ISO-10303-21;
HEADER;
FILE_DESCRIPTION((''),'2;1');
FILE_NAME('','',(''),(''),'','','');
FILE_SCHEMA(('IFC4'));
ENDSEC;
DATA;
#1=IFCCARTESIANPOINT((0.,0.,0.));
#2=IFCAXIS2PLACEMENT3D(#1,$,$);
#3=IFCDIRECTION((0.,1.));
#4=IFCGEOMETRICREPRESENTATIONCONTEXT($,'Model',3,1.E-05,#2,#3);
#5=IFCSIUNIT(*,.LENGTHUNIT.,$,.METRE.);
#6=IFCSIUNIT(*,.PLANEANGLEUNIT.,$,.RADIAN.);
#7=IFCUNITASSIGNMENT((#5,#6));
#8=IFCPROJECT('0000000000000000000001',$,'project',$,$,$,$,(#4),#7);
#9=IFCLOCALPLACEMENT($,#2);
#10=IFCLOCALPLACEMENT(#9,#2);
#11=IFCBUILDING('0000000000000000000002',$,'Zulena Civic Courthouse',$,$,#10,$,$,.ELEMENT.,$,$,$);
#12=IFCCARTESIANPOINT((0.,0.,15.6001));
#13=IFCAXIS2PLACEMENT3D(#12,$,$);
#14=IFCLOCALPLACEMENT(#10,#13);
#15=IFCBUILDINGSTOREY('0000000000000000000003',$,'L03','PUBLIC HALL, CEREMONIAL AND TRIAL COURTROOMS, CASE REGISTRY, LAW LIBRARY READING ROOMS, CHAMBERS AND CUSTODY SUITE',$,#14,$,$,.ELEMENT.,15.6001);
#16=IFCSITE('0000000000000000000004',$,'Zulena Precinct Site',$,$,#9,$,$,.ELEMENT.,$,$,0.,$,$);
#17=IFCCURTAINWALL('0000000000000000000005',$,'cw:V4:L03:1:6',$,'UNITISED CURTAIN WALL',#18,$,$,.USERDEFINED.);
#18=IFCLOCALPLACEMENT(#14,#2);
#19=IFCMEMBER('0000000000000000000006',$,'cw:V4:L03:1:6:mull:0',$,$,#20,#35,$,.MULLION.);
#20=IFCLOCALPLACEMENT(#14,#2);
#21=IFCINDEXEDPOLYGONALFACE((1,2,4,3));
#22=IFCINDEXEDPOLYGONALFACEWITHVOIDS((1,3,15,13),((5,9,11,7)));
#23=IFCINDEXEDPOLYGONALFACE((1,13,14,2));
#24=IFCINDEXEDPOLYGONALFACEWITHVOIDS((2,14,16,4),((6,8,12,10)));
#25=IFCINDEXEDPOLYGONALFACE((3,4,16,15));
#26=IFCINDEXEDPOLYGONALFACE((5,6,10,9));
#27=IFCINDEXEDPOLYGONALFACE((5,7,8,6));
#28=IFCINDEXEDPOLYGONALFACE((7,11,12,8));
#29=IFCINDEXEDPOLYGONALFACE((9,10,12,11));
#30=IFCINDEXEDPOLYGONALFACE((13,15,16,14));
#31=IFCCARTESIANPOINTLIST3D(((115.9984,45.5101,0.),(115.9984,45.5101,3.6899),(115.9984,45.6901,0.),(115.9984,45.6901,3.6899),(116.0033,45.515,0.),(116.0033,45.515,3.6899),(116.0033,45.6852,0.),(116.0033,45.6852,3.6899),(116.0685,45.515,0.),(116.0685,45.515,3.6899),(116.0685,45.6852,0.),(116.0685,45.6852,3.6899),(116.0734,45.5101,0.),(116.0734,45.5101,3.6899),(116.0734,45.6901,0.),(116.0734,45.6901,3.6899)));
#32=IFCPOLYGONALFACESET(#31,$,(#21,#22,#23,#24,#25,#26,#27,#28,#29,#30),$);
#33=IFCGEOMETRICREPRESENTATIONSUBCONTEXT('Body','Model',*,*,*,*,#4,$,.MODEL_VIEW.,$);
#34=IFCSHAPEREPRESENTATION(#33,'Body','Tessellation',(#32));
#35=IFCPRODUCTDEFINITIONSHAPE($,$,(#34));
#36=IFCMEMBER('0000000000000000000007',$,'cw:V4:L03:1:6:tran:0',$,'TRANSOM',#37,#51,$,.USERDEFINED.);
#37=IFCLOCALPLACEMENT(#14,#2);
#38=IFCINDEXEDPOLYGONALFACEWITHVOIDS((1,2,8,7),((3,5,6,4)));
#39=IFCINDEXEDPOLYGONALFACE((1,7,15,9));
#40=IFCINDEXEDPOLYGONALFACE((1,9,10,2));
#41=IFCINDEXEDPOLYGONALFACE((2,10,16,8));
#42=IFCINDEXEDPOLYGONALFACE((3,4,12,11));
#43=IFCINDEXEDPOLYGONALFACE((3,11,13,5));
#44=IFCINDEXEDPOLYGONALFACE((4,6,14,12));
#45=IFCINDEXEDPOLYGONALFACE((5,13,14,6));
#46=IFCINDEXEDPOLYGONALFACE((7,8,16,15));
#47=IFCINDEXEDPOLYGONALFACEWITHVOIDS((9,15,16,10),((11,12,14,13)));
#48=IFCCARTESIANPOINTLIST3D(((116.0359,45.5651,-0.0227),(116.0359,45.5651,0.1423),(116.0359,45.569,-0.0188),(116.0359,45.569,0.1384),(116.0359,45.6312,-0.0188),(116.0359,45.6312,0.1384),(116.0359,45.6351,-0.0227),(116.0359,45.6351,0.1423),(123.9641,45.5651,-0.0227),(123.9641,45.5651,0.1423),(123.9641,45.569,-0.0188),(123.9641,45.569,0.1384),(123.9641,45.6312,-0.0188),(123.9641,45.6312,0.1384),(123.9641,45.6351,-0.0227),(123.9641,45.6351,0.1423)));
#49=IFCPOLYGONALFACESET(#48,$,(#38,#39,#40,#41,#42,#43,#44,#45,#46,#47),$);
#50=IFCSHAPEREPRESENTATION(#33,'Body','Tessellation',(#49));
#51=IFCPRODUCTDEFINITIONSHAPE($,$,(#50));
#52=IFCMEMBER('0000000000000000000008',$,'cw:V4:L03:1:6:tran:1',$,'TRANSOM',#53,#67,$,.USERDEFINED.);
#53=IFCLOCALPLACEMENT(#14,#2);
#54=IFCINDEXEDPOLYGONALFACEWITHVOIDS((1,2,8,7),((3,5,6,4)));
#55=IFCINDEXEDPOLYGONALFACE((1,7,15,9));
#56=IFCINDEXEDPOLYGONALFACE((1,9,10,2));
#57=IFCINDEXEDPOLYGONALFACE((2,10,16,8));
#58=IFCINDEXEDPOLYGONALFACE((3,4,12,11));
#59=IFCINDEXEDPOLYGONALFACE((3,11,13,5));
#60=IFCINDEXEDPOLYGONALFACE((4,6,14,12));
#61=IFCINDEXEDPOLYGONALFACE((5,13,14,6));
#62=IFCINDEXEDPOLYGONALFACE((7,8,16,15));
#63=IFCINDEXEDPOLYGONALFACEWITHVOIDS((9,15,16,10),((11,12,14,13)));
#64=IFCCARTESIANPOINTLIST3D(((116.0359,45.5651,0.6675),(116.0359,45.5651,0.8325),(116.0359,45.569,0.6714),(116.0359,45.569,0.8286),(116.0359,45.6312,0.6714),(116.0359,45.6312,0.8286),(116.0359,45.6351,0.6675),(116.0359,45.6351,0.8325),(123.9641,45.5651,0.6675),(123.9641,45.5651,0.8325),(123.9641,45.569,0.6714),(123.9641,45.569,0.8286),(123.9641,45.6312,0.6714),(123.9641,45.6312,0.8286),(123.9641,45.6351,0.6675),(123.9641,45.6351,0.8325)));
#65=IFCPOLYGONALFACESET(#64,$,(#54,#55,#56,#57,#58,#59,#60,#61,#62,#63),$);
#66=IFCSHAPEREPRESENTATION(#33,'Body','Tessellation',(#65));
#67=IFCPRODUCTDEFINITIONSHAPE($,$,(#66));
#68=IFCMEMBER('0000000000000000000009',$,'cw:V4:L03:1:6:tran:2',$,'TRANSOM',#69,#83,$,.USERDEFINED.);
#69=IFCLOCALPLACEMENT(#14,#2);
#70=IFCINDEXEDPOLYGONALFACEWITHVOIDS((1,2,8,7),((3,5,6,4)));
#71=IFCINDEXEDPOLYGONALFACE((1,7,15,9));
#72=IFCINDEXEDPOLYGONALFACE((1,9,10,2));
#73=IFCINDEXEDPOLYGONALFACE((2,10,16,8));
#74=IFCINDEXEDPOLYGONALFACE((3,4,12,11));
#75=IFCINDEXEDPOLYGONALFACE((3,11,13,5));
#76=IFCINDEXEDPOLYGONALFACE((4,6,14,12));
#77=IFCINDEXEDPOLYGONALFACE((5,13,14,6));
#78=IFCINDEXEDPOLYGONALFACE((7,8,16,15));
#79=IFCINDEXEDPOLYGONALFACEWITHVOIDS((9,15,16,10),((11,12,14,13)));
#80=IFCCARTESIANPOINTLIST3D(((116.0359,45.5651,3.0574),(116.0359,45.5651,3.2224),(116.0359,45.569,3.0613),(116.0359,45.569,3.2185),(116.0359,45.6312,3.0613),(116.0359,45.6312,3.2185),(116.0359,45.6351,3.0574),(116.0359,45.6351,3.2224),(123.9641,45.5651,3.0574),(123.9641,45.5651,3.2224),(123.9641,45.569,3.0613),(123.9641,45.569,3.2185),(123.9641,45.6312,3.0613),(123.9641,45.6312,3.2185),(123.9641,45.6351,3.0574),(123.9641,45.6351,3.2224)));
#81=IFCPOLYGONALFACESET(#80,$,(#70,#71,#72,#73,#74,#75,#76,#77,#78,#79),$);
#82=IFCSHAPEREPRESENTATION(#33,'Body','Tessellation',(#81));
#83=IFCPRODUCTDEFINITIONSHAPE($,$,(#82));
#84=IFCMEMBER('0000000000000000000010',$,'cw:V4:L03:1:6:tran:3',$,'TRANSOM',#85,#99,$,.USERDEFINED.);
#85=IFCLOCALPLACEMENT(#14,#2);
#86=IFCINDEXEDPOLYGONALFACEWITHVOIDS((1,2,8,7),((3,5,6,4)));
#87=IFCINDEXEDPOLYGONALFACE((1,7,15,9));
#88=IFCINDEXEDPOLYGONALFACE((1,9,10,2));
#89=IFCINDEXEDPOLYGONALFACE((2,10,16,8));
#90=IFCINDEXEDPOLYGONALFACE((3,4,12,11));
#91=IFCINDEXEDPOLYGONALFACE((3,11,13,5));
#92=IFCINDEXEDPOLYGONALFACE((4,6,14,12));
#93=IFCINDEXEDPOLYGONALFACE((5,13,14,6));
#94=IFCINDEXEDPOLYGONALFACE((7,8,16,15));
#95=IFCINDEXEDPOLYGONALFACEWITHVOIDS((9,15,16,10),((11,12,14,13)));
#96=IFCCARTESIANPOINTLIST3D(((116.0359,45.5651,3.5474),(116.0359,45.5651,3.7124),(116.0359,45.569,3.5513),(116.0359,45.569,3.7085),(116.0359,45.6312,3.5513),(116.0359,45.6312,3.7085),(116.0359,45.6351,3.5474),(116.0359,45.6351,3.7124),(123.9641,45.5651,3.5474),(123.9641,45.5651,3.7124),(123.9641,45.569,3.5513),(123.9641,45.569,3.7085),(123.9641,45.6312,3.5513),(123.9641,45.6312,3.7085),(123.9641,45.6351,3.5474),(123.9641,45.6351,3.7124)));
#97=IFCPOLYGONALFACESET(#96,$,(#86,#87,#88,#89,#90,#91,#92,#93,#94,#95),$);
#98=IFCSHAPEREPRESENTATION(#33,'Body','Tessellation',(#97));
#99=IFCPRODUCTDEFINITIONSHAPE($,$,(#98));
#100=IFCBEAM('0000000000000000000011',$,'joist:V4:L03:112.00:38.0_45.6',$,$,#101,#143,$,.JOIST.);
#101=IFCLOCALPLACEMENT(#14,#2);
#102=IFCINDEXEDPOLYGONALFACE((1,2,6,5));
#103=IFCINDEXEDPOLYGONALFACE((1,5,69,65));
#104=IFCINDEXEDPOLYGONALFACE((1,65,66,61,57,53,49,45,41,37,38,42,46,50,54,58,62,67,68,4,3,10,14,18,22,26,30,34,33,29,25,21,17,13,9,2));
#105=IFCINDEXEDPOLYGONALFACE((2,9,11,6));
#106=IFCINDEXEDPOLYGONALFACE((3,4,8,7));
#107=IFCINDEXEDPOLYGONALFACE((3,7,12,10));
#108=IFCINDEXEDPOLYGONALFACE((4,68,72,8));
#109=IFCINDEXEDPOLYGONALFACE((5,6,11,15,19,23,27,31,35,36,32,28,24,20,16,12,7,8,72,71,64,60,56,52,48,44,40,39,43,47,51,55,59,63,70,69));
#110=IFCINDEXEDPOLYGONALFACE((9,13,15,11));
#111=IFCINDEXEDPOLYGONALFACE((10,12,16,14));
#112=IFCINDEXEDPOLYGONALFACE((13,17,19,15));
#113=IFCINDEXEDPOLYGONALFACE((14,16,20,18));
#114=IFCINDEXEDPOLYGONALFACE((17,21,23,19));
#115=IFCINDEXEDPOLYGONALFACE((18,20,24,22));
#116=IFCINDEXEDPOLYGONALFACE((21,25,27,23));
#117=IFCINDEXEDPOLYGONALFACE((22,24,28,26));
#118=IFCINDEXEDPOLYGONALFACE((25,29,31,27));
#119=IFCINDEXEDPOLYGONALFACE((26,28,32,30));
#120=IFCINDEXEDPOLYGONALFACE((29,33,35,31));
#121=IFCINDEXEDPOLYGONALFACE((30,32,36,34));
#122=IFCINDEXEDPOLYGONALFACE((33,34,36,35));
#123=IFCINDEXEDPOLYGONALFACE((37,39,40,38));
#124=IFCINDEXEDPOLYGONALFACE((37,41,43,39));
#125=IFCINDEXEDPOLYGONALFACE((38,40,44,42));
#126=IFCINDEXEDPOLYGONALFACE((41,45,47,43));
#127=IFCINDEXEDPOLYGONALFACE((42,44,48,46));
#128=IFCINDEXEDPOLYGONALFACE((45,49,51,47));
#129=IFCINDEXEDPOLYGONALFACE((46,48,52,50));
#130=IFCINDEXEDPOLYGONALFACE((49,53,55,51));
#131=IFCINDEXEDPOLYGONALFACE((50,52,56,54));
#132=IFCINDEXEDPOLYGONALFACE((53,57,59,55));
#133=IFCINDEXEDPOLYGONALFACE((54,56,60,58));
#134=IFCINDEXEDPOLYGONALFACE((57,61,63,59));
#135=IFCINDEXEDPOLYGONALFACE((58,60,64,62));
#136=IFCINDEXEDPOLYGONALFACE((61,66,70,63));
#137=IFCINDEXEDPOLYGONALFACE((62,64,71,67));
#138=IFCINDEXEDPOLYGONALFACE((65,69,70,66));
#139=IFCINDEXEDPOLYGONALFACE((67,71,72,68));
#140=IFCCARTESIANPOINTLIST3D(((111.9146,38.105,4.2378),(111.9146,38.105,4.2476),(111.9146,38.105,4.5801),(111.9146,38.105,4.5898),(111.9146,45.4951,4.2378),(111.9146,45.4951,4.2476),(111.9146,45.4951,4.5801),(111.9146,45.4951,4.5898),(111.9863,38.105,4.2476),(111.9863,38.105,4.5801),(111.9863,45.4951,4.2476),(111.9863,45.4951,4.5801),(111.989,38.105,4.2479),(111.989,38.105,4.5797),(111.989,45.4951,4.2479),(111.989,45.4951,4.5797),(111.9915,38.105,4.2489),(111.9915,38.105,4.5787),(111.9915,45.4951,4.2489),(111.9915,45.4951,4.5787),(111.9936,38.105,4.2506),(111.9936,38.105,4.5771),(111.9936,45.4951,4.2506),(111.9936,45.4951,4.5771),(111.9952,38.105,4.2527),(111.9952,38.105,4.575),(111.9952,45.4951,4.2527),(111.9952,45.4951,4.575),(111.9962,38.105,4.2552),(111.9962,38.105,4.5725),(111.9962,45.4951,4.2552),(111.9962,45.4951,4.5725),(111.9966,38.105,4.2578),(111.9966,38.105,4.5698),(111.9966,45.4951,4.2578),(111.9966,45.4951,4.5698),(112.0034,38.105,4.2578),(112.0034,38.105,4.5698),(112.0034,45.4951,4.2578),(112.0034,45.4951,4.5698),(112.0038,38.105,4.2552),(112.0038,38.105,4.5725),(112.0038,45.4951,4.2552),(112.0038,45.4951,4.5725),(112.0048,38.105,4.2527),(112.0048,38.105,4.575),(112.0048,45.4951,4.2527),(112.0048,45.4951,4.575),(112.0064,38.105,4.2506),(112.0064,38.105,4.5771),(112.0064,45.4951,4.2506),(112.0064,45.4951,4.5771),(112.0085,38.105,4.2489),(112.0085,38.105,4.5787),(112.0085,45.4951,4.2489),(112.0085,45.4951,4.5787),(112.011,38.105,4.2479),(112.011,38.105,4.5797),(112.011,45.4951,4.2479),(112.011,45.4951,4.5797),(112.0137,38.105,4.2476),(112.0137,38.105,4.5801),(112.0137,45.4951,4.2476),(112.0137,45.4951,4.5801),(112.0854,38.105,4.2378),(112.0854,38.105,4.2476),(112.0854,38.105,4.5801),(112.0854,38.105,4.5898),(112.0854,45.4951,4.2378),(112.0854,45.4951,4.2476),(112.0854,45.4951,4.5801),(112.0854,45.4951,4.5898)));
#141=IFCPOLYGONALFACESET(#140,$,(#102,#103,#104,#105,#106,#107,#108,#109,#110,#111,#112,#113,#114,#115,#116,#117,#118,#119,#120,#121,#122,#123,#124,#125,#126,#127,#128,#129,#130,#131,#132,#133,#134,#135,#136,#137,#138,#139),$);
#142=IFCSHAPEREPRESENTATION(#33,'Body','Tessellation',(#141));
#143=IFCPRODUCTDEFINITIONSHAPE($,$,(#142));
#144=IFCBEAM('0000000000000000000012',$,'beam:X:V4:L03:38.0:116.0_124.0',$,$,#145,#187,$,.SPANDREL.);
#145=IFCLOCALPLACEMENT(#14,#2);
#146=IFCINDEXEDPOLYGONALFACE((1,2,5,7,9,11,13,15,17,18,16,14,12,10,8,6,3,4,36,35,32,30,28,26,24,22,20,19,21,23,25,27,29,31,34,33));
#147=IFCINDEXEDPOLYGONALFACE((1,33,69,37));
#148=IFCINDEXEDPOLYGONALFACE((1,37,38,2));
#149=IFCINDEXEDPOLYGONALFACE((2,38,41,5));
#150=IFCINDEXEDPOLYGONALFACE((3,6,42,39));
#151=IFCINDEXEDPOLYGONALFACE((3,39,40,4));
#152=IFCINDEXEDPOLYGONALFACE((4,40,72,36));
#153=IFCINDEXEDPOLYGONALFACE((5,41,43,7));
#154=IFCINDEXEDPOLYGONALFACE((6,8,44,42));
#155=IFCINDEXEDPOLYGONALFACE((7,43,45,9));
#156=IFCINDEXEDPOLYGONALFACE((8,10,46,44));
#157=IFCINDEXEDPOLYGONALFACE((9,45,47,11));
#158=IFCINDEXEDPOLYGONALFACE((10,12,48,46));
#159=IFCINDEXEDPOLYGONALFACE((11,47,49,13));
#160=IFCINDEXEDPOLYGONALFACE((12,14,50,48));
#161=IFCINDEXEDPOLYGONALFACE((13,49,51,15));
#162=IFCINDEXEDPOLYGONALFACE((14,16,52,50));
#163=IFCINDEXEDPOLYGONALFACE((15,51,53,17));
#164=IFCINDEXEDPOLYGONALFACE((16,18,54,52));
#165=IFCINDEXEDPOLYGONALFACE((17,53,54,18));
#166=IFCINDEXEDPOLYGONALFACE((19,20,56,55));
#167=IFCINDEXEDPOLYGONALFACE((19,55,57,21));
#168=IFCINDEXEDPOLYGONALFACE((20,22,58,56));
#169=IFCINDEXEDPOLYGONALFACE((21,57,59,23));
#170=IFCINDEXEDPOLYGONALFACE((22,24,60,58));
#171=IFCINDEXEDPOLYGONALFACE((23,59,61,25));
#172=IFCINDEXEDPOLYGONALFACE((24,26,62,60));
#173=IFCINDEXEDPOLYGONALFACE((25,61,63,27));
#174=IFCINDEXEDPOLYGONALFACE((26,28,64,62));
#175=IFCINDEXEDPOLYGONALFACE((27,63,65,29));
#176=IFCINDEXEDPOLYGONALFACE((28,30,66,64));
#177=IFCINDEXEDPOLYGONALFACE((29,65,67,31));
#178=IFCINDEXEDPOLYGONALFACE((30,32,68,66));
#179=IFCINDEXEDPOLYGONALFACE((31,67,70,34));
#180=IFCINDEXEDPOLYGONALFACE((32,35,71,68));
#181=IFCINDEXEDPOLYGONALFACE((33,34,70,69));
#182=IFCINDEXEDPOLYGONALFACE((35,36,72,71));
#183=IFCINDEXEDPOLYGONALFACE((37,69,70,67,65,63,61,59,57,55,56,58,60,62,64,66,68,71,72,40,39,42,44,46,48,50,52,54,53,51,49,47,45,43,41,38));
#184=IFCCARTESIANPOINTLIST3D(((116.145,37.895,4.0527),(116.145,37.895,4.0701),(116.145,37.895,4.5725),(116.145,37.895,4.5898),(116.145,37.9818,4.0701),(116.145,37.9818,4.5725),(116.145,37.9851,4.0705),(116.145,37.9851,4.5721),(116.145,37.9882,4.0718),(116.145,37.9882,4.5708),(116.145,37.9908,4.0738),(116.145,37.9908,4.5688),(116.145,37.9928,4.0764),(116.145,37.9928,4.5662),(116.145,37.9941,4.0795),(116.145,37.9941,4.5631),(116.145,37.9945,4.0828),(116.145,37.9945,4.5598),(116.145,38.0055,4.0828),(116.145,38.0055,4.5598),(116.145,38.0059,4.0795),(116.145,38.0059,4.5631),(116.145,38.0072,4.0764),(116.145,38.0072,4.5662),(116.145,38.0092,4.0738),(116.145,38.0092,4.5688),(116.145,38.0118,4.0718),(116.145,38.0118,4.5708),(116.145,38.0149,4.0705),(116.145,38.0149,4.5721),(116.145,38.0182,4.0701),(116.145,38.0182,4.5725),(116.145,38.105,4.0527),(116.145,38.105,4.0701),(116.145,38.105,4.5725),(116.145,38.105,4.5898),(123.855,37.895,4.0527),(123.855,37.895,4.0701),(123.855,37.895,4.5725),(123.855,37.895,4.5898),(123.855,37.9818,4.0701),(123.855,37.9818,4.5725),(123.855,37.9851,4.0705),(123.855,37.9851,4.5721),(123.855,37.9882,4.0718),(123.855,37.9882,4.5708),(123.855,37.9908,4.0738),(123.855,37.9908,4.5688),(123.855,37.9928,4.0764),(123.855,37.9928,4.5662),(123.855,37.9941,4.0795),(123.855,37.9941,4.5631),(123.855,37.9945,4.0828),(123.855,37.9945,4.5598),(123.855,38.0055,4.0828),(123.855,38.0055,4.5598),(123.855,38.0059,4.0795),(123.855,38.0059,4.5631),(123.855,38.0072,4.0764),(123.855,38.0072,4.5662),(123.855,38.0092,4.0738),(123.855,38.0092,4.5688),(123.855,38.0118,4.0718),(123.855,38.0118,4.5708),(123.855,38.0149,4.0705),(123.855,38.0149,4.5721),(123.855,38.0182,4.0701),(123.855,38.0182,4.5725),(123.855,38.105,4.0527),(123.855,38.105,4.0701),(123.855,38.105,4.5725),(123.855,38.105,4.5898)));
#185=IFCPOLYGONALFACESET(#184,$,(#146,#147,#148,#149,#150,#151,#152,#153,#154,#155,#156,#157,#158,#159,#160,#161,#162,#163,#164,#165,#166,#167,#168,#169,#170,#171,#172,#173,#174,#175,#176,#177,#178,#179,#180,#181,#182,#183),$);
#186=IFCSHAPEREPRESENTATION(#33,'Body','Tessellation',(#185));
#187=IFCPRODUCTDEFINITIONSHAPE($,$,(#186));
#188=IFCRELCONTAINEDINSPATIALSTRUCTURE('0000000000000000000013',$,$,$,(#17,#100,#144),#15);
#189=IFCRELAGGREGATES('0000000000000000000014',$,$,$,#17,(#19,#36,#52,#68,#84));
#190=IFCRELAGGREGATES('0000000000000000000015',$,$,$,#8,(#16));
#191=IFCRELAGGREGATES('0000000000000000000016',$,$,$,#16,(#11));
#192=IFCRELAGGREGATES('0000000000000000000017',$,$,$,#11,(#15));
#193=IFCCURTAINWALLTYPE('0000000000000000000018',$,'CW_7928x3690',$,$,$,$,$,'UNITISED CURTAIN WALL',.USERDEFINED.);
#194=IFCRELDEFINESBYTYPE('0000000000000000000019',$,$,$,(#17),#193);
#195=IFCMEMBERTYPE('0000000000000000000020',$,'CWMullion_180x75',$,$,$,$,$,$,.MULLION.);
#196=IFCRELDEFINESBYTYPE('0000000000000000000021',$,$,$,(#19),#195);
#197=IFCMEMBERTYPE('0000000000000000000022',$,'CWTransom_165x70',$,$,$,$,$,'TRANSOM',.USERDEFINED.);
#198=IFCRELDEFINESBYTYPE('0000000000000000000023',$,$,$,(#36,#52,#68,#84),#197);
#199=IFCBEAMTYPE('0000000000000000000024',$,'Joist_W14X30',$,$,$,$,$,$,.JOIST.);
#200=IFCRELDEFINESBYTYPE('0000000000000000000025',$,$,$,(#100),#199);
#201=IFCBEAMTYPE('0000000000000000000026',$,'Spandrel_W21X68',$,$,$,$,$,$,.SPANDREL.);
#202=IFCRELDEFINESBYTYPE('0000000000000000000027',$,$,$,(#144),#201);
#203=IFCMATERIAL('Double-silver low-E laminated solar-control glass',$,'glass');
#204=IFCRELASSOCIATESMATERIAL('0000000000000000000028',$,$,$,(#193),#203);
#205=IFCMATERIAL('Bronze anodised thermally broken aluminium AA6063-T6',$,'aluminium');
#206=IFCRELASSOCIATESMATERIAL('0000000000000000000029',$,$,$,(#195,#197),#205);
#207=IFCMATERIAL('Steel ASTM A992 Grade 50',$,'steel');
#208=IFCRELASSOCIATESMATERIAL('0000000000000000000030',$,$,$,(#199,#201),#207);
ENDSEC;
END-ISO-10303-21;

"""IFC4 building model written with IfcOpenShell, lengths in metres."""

from ifc_helpers import new_model, si_unit, direction, frame, origin, origin_2d, place, context, subcontext, project, spatial, hollow_rectangle, i_section, extrude, material, material_profile, profile_set, type_object, element, aggregate, save


model = new_model("IFC4")

# Units and contexts
model_context = context("Model", 3, precision=1e-05, world=origin(), true_north=direction((0.0, 1.0)))
body_context = subcontext(model_context, "Body", "Model", "MODEL_VIEW")
ifc_project = project(units=[si_unit("LENGTHUNIT", "METRE"), si_unit("PLANEANGLEUNIT", "RADIAN")], contexts=[model_context])

# Site, building, storey
site_placement = place(None, origin())
site = spatial("IfcSite", under=ifc_project, at=site_placement, Name="Zulena Precinct Site", CompositionType="ELEMENT", RefElevation=0.0)
building_placement = place(site_placement, origin())
building = spatial("IfcBuilding", under=site, at=building_placement, Name="Zulena Civic Courthouse", CompositionType="ELEMENT")
storey_placement = place(building_placement, frame((0.0, 0.0, 15.6001)))
storey = spatial("IfcBuildingStorey", under=building, at=storey_placement, Name="L03", Description="PUBLIC HALL, CEREMONIAL AND TRIAL COURTROOMS, CASE REGISTRY, LAW LIBRARY READING ROOMS, CHAMBERS AND CUSTODY SUITE", CompositionType="ELEMENT", Elevation=15.6001)

# Shared definitions
ifc_material_1 = material(Name="Steel ASTM A992 Grade 50", Category="steel")

# Curtain wall, members
ifc_material_2 = material(Name="Double-silver low-E laminated solar-control glass", Category="glass")
curtain_wall_type = type_object("IfcCurtainWallType", Name="CW_7928x3690", ElementType="UNITISED CURTAIN WALL", PredefinedType="USERDEFINED", material=ifc_material_2)
ifc_material_3 = material(Name="Bronze anodised thermally broken aluminium AA6063-T6", Category="aluminium")
ifc_material_profile_1 = material_profile(ifc_material_3, hollow_rectangle(XDim=0.075, YDim=0.1799, WallThickness=0.0049, at=origin_2d()), Name="CWM180X75X5")
ifc_profile_set_1 = profile_set([ifc_material_profile_1], Name="Bronze anodised thermally broken aluminium AA6063-T6")
member_type_1 = type_object("IfcMemberType", Name="CWMullion_180x75", PredefinedType="MULLION", material=ifc_profile_set_1)
curtain_wall_1_placement = place(storey_placement, origin())
curtain_wall_1 = element("IfcCurtainWall", 1, at=curtain_wall_1_placement, inside=storey, type_object=curtain_wall_type, Name="cw:V4:L03:1:6", ObjectType="UNITISED CURTAIN WALL", PredefinedType="USERDEFINED")
member_1_placement = place(storey_placement, frame((116.0359, 45.6001, 0.0), z_axis=(0.0, 0.0, 1.0), x_axis=(1.0, 0.0, 0.0)))
member_1 = element("IfcMember", 2, at=member_1_placement, type_object=member_type_1, Name="cw:V4:L03:1:6:mull:0", PredefinedType="MULLION", context=body_context, shape_type="SweptSolid", body=[
    extrude(hollow_rectangle(XDim=0.075, YDim=0.1799, WallThickness=0.0049, at=origin_2d()), origin(), (0.0, 0.0, 1.0), 3.6899),
])
ifc_material_profile_2 = material_profile(ifc_material_3, hollow_rectangle(XDim=0.0701, YDim=0.165, WallThickness=0.0039, at=origin_2d()), Name="CWT165X70X4")
ifc_profile_set_2 = profile_set([ifc_material_profile_2], Name="Bronze anodised thermally broken aluminium AA6063-T6")
member_type_2 = type_object("IfcMemberType", Name="CWTransom_165x70", ElementType="TRANSOM", PredefinedType="USERDEFINED", material=ifc_profile_set_2)
member_2_placement = place(storey_placement, frame((116.0359, 45.6001, 0.0598), z_axis=(1.0, 0.0, 0.0), x_axis=(0.0, 1.0, 0.0)))
member_2 = element("IfcMember", 3, at=member_2_placement, type_object=member_type_2, Name="cw:V4:L03:1:6:tran:0", ObjectType="TRANSOM", PredefinedType="USERDEFINED", context=body_context, shape_type="SweptSolid", body=[
    extrude(hollow_rectangle(XDim=0.0701, YDim=0.165, WallThickness=0.0039, at=origin_2d()), origin(), (0.0, 0.0, 1.0), 7.9282),
])
member_3_placement = place(storey_placement, frame((116.0359, 45.6001, 0.75), z_axis=(1.0, 0.0, 0.0), x_axis=(0.0, 1.0, 0.0)))
member_3 = element("IfcMember", 4, at=member_3_placement, type_object=member_type_2, Name="cw:V4:L03:1:6:tran:1", ObjectType="TRANSOM", PredefinedType="USERDEFINED", context=body_context, shape_type="SweptSolid", body=[
    extrude(hollow_rectangle(XDim=0.0701, YDim=0.165, WallThickness=0.0039, at=origin_2d()), origin(), (0.0, 0.0, 1.0), 7.9282),
])
member_4_placement = place(storey_placement, frame((116.0359, 45.6001, 3.1399), z_axis=(1.0, 0.0, 0.0), x_axis=(0.0, 1.0, 0.0)))
member_4 = element("IfcMember", 5, at=member_4_placement, type_object=member_type_2, Name="cw:V4:L03:1:6:tran:2", ObjectType="TRANSOM", PredefinedType="USERDEFINED", context=body_context, shape_type="SweptSolid", body=[
    extrude(hollow_rectangle(XDim=0.0701, YDim=0.165, WallThickness=0.0039, at=origin_2d()), origin(), (0.0, 0.0, 1.0), 7.9282),
])
member_5_placement = place(storey_placement, frame((116.0359, 45.6001, 3.6299), z_axis=(1.0, 0.0, 0.0), x_axis=(0.0, 1.0, 0.0)))
member_5 = element("IfcMember", 6, at=member_5_placement, type_object=member_type_2, Name="cw:V4:L03:1:6:tran:3", ObjectType="TRANSOM", PredefinedType="USERDEFINED", context=body_context, shape_type="SweptSolid", body=[
    extrude(hollow_rectangle(XDim=0.0701, YDim=0.165, WallThickness=0.0039, at=origin_2d()), origin(), (0.0, 0.0, 1.0), 7.9282),
])
aggregate(curtain_wall_1, [member_1, member_2, member_3, member_4, member_5])

# Beams
ifc_material_profile_3 = material_profile(ifc_material_1, i_section(OverallWidth=0.1709, OverallDepth=0.3521, WebThickness=0.0068, FlangeThickness=0.0098, FilletRadius=0.0103, at=origin_2d()), Name="W14X30")
ifc_profile_set_3 = profile_set([ifc_material_profile_3], Name="Steel ASTM A992 Grade 50")
beam_type_1 = type_object("IfcBeamType", Name="Joist_W14X30", PredefinedType="JOIST", material=ifc_profile_set_3)
beam_1_placement = place(storey_placement, frame((112.0, 38.105, 4.4138), z_axis=(0.0, 1.0, 0.0), x_axis=(-1.0, 0.0, 0.0)))
element("IfcBeam", 7, at=beam_1_placement, inside=storey, type_object=beam_type_1, Name="joist:V4:L03:112.00:38.0_45.6", PredefinedType="JOIST", context=body_context, shape_type="SweptSolid", body=[
    extrude(i_section(OverallWidth=0.1709, OverallDepth=0.3521, WebThickness=0.0068, FlangeThickness=0.0098, FilletRadius=0.0103, at=origin_2d()), origin(), (0.0, 0.0, 1.0), 7.3901),
])
ifc_material_profile_4 = material_profile(ifc_material_1, i_section(OverallWidth=0.21, OverallDepth=0.5371, WebThickness=0.011, FlangeThickness=0.0173, FilletRadius=0.0127, at=origin_2d()), Name="W21X68")
ifc_profile_set_4 = profile_set([ifc_material_profile_4], Name="Steel ASTM A992 Grade 50")
beam_type_2 = type_object("IfcBeamType", Name="Spandrel_W21X68", PredefinedType="SPANDREL", material=ifc_profile_set_4)
for number, where, z_axis, x_axis, name in (
    (8, (116.145, 38.0, 4.3213), (1.0, 0.0, 0.0), (0.0, 1.0, 0.0), "beam:X:V4:L03:38.0:116.0_124.0"),
):
    element("IfcBeam", number, at=place(storey_placement, frame(where, z_axis=z_axis, x_axis=x_axis)), inside=storey, type_object=beam_type_2, Name=name, PredefinedType="SPANDREL", context=body_context, shape_type="SweptSolid", body=[
        extrude(i_section(OverallWidth=0.21, OverallDepth=0.5371, WebThickness=0.011, FlangeThickness=0.0173, FilletRadius=0.0127, at=origin_2d()), origin(), (0.0, 0.0, 1.0), 7.71),
    ])

save(model, "model.ifc")
